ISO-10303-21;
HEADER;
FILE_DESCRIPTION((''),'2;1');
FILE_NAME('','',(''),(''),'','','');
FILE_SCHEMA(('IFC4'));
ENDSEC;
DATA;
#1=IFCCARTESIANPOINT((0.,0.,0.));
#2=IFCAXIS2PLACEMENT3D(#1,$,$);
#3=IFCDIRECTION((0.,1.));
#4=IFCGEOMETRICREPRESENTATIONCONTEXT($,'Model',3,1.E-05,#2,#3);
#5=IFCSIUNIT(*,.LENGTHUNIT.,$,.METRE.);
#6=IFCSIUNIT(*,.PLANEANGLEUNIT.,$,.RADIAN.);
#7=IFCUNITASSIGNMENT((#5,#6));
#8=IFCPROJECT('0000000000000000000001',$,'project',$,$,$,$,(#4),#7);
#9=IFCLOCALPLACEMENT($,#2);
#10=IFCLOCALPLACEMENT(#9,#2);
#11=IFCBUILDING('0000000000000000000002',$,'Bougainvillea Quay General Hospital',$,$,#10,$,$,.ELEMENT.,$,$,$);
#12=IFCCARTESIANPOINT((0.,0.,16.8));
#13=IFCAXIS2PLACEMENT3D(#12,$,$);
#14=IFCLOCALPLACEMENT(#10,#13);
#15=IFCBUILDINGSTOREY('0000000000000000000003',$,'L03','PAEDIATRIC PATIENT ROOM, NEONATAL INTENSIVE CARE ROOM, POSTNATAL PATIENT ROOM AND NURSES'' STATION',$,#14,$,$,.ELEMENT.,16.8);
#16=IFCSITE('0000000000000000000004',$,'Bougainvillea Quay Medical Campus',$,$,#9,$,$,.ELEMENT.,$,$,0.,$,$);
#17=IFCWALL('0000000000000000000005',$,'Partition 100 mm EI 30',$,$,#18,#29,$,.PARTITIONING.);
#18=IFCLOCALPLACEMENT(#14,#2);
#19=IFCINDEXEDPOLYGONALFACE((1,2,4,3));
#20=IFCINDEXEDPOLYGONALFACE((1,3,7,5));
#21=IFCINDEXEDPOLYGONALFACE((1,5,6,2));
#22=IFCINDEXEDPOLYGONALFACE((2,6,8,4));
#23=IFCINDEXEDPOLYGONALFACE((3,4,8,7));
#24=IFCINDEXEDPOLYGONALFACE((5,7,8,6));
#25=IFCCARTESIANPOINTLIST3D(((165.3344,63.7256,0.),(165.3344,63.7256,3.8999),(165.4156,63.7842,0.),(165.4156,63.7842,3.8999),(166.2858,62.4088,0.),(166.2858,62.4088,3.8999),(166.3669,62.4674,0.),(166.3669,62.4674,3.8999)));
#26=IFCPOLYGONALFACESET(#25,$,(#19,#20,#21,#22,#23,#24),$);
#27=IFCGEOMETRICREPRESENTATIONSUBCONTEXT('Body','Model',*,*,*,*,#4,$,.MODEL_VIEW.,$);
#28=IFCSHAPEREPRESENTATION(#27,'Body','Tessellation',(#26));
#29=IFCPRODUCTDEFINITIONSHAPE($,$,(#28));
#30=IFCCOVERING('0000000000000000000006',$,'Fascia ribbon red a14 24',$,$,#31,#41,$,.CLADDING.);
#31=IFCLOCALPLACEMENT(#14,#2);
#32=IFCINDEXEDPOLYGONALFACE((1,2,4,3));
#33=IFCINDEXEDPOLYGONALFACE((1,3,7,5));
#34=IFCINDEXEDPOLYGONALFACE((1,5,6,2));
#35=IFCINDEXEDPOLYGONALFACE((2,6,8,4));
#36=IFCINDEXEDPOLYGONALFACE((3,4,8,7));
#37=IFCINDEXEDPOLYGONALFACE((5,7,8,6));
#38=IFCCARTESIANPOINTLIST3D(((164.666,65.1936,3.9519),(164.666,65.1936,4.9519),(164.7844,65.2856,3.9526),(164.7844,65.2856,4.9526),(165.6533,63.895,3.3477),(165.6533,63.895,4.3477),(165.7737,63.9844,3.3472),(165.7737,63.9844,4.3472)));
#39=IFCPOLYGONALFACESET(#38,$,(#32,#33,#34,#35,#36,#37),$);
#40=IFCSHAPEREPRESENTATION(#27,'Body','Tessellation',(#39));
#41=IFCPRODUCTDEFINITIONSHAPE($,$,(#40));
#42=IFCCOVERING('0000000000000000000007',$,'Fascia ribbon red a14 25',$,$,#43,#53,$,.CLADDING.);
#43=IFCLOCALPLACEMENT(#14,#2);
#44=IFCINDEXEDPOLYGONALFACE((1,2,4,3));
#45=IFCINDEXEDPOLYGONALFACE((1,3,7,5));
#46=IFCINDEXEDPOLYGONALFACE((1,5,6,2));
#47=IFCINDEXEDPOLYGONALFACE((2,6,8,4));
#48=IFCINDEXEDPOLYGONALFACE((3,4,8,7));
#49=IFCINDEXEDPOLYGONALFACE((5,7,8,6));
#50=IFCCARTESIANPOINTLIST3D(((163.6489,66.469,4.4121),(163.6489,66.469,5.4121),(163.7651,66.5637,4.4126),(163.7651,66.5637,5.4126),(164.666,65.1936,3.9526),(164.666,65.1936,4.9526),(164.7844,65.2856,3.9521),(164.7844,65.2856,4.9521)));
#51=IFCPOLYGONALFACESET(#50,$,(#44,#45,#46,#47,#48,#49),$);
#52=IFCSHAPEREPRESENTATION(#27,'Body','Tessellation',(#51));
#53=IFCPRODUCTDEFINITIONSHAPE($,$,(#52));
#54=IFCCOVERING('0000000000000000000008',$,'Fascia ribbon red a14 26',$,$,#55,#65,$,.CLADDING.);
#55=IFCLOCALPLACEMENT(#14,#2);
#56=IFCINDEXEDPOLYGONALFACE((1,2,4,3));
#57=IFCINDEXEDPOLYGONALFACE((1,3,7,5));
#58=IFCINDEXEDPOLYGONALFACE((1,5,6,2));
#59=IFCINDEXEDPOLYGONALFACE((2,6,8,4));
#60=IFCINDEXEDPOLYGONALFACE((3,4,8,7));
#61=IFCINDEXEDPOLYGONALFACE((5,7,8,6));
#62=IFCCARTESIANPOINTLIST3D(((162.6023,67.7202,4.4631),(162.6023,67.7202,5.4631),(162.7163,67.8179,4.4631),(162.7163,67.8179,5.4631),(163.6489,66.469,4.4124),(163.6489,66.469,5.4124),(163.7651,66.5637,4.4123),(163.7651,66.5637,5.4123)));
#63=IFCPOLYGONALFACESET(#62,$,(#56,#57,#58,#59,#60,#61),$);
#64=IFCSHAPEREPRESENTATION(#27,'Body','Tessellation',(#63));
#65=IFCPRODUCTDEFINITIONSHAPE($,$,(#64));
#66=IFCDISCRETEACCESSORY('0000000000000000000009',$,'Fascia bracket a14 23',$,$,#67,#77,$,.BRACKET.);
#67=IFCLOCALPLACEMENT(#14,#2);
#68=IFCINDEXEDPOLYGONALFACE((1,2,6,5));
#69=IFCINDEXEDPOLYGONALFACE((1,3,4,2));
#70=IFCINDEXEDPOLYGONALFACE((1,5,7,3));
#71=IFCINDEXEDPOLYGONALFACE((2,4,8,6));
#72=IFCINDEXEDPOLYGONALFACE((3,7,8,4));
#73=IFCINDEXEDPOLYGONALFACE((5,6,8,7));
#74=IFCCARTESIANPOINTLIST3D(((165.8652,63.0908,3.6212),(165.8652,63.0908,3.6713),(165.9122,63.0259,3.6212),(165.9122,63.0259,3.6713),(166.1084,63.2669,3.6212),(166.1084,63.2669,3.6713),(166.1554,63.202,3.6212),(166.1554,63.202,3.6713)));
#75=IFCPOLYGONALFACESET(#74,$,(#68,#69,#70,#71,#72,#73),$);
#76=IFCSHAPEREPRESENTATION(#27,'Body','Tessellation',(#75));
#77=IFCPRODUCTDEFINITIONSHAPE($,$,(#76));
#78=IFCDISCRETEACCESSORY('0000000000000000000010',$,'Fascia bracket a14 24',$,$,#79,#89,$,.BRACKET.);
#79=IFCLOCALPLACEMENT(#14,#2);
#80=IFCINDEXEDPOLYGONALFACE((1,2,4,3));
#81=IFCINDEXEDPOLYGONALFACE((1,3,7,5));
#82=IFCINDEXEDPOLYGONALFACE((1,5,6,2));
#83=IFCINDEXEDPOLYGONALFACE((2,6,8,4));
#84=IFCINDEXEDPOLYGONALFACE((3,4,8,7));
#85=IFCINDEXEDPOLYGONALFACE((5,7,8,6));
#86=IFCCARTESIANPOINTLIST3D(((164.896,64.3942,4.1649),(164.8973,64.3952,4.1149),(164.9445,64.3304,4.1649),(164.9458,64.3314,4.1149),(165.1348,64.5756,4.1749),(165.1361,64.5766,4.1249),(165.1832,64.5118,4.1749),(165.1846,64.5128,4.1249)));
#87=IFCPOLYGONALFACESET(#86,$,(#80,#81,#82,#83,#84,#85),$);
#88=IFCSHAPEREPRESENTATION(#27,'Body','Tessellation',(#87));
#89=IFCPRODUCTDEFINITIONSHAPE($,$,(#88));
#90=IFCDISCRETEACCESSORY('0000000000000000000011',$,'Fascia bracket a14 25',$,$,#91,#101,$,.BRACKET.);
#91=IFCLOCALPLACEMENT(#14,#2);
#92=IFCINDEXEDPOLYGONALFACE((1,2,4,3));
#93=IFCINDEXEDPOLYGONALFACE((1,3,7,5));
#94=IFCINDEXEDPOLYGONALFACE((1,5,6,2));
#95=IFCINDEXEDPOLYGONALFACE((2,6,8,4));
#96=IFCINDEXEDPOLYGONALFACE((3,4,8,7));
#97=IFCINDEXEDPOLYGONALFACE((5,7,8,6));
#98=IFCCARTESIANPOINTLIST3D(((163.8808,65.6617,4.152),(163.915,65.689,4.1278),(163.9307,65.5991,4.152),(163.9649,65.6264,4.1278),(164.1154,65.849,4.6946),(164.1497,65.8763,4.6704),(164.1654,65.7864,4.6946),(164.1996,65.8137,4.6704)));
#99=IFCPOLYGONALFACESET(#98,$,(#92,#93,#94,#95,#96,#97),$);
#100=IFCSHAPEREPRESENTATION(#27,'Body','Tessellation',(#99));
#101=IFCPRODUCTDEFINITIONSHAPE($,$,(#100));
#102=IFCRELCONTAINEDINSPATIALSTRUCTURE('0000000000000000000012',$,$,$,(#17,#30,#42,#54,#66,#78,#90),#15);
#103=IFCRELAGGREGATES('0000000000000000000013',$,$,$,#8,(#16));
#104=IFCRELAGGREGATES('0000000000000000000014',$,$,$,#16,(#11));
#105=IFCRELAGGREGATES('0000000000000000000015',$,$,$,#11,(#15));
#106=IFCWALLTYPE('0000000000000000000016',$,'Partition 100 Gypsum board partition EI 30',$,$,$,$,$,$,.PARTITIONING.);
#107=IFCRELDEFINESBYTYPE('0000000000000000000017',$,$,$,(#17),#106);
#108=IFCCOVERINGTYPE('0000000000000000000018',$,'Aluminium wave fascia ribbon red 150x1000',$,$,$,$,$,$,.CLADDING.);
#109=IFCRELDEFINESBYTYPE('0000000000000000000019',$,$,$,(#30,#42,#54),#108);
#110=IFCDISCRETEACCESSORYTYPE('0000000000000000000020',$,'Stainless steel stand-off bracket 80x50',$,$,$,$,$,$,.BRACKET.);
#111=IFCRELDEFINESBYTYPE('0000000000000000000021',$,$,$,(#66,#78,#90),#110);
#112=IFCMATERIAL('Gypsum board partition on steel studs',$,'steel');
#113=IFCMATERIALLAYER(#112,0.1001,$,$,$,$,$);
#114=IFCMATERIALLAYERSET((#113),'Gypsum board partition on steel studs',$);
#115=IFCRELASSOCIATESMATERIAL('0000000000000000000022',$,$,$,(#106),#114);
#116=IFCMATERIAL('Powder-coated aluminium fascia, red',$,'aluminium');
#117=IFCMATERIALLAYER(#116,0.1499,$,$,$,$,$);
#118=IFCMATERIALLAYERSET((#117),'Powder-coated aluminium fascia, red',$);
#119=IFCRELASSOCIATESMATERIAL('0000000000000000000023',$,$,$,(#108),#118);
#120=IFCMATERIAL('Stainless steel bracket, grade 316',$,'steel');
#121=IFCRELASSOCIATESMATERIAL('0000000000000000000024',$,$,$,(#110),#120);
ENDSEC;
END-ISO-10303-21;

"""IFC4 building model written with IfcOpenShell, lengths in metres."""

from ifc_helpers import new_model, si_unit, direction, frame, frame_2d, origin, origin_2d, place, context, subcontext, project, spatial, polyline, rectangle, outline, extrude, material, layer, layer_set, material_profile, profile_set, type_object, element, save


model = new_model("IFC4")

# Units and contexts
model_context = context("Model", 3, precision=1e-05, world=origin(), true_north=direction((0.0, 1.0)))
body_context = subcontext(model_context, "Body", "Model", "MODEL_VIEW")
ifc_project = project(units=[si_unit("LENGTHUNIT", "METRE"), si_unit("PLANEANGLEUNIT", "RADIAN")], contexts=[model_context])

# Site, building, storey
site_placement = place(None, origin())
site = spatial("IfcSite", under=ifc_project, at=site_placement, Name="Bougainvillea Quay Medical Campus", CompositionType="ELEMENT", RefElevation=0.0)
building_placement = place(site_placement, origin())
building = spatial("IfcBuilding", under=site, at=building_placement, Name="Bougainvillea Quay General Hospital", CompositionType="ELEMENT")
storey_placement = place(building_placement, frame((0.0, 0.0, 16.8)))
storey = spatial("IfcBuildingStorey", under=building, at=storey_placement, Name="L03", Description="PAEDIATRIC PATIENT ROOM, NEONATAL INTENSIVE CARE ROOM, POSTNATAL PATIENT ROOM AND NURSES' STATION", CompositionType="ELEMENT", Elevation=16.8)

# Wall
ifc_material_1 = material(Name="Gypsum board partition on steel studs", Category="steel")
ifc_layer_1 = layer(ifc_material_1, 0.1001)
ifc_layer_set_1 = layer_set([ifc_layer_1], Name="Gypsum board partition on steel studs")
wall_type = type_object("IfcWallType", Name="Partition 100 Gypsum board partition EI 30", PredefinedType="PARTITIONING", material=ifc_layer_set_1)
wall_placement = place(storey_placement, frame((165.375, 63.7549, 0.0), z_axis=(0.0, 0.0, 1.0), x_axis=(0.585622, -0.810584, 0.0)))
element("IfcWall", 1, at=wall_placement, inside=storey, type_object=wall_type, Name="Partition 100 mm EI 30", PredefinedType="PARTITIONING", context=body_context, shape_type="SweptSolid", body=[
    extrude(rectangle(XDim=1.6245, YDim=0.1001, at=frame_2d((0.8123, 0.0))), origin(), (0.0, 0.0, 1.0), 3.8999),
])

# Coverings
ifc_material_2 = material(Name="Powder-coated aluminium fascia, red", Category="aluminium")
ifc_layer_2 = layer(ifc_material_2, 0.1499)
ifc_layer_set_2 = layer_set([ifc_layer_2], Name="Powder-coated aluminium fascia, red")
covering_type = type_object("IfcCoveringType", Name="Aluminium wave fascia ribbon red 150x1000", PredefinedType="CLADDING", material=ifc_layer_set_2)
covering_1_placement = place(storey_placement, frame((165.6533, 63.895, 3.3477), z_axis=(0.209516, -0.277044, 0.937736), x_axis=(-0.567548, 0.746485, 0.347347)))
element("IfcCovering", 2, at=covering_1_placement, inside=storey, type_object=covering_type, Name="Fascia ribbon red a14 24", PredefinedType="CLADDING", context=body_context, shape_type="SweptSolid", body=[
    extrude(outline(polyline([(0.0, 0.0), (1.7396, 0.0), (1.7414, -0.15), (-0.0018, -0.1499), (0.0, 0.0)])), origin(), (0.347347, -0.000836, 0.937736), 1.0),
])
covering_2_placement = place(storey_placement, frame((164.666, 65.1936, 3.9526), z_axis=(0.168852, -0.212113, 0.962547), x_axis=(-0.600138, 0.75255, 0.271114)))
element("IfcCovering", 3, at=covering_2_placement, inside=storey, type_object=covering_type, Name="Fascia ribbon red a14 25", PredefinedType="CLADDING", context=body_context, shape_type="SweptSolid", body=[
    extrude(outline(polyline([(0.0, 0.0), (1.6948, 0.0), (1.6964, -0.1499), (-0.0019, -0.15), (0.0, 0.0)])), origin(), (0.271114, -0.000228, 0.962547), 1.0),
])
covering_3_placement = place(storey_placement, frame((163.6489, 66.469, 4.4124), z_axis=(0.019929, -0.02385, 0.999517), x_axis=(-0.641301, 0.766659, 0.03108)))
element("IfcCovering", 4, at=covering_3_placement, inside=storey, type_object=covering_type, Name="Fascia ribbon red a14 26", PredefinedType="CLADDING", context=body_context, shape_type="SweptSolid", body=[
    extrude(outline(polyline([(0.0, 0.0), (1.632, 0.0), (1.6338, -0.1501), (-0.0019, -0.1499), (0.0, 0.0)])), origin(), (0.03108, -0.000016, 0.999517), 1.0),
])

# Discrete accessories
ifc_material_3 = material(Name="Stainless steel bracket, grade 316", Category="steel")
ifc_material_profile_1 = material_profile(ifc_material_3, rectangle(XDim=0.0801, YDim=0.05, at=origin_2d()))
ifc_profile_set_1 = profile_set([ifc_material_profile_1], Name="Stainless steel bracket, grade 316")
discrete_accessory_type = type_object("IfcDiscreteAccessoryType", Name="Stainless steel stand-off bracket 80x50", PredefinedType="BRACKET", material=ifc_profile_set_1)
discrete_accessory_1_placement = place(storey_placement, frame((165.8887, 63.0583, 3.6462), z_axis=(0.810035, 0.586381, 0.0), x_axis=(-0.586381, 0.810035, 0.0)))
element("IfcDiscreteAccessory", 5, at=discrete_accessory_1_placement, inside=storey, type_object=discrete_accessory_type, Name="Fascia bracket a14 23", PredefinedType="BRACKET", context=body_context, shape_type="SweptSolid", body=[
    extrude(rectangle(XDim=0.0801, YDim=0.05, at=origin_2d()), origin(), (0.0, 0.0, 1.0), 0.3003),
])
discrete_accessory_2_placement = place(storey_placement, frame((164.9209, 64.3628, 4.1399), z_axis=(0.795829, 0.604602, 0.033363), x_axis=(-0.604939, 0.796272, 0.0)))
element("IfcDiscreteAccessory", 6, at=discrete_accessory_2_placement, inside=storey, type_object=discrete_accessory_type, Name="Fascia bracket a14 24", PredefinedType="BRACKET", context=body_context, shape_type="SweptSolid", body=[
    extrude(rectangle(XDim=0.0801, YDim=0.05, at=origin_2d()), origin(), (0.0, 0.0, 1.0), 0.3),
])
discrete_accessory_3_placement = place(storey_placement, frame((163.9229, 65.644, 4.1399), z_axis=(0.37842, 0.302027, 0.874973), x_axis=(-0.623802, 0.781582, 0.0)))
element("IfcDiscreteAccessory", 7, at=discrete_accessory_3_placement, inside=storey, type_object=discrete_accessory_type, Name="Fascia bracket a14 25", PredefinedType="BRACKET", context=body_context, shape_type="SweptSolid", body=[
    extrude(rectangle(XDim=0.0801, YDim=0.05, at=origin_2d()), origin(), (0.0, 0.0, 1.0), 0.6201),
])

save(model, "model.ifc")
